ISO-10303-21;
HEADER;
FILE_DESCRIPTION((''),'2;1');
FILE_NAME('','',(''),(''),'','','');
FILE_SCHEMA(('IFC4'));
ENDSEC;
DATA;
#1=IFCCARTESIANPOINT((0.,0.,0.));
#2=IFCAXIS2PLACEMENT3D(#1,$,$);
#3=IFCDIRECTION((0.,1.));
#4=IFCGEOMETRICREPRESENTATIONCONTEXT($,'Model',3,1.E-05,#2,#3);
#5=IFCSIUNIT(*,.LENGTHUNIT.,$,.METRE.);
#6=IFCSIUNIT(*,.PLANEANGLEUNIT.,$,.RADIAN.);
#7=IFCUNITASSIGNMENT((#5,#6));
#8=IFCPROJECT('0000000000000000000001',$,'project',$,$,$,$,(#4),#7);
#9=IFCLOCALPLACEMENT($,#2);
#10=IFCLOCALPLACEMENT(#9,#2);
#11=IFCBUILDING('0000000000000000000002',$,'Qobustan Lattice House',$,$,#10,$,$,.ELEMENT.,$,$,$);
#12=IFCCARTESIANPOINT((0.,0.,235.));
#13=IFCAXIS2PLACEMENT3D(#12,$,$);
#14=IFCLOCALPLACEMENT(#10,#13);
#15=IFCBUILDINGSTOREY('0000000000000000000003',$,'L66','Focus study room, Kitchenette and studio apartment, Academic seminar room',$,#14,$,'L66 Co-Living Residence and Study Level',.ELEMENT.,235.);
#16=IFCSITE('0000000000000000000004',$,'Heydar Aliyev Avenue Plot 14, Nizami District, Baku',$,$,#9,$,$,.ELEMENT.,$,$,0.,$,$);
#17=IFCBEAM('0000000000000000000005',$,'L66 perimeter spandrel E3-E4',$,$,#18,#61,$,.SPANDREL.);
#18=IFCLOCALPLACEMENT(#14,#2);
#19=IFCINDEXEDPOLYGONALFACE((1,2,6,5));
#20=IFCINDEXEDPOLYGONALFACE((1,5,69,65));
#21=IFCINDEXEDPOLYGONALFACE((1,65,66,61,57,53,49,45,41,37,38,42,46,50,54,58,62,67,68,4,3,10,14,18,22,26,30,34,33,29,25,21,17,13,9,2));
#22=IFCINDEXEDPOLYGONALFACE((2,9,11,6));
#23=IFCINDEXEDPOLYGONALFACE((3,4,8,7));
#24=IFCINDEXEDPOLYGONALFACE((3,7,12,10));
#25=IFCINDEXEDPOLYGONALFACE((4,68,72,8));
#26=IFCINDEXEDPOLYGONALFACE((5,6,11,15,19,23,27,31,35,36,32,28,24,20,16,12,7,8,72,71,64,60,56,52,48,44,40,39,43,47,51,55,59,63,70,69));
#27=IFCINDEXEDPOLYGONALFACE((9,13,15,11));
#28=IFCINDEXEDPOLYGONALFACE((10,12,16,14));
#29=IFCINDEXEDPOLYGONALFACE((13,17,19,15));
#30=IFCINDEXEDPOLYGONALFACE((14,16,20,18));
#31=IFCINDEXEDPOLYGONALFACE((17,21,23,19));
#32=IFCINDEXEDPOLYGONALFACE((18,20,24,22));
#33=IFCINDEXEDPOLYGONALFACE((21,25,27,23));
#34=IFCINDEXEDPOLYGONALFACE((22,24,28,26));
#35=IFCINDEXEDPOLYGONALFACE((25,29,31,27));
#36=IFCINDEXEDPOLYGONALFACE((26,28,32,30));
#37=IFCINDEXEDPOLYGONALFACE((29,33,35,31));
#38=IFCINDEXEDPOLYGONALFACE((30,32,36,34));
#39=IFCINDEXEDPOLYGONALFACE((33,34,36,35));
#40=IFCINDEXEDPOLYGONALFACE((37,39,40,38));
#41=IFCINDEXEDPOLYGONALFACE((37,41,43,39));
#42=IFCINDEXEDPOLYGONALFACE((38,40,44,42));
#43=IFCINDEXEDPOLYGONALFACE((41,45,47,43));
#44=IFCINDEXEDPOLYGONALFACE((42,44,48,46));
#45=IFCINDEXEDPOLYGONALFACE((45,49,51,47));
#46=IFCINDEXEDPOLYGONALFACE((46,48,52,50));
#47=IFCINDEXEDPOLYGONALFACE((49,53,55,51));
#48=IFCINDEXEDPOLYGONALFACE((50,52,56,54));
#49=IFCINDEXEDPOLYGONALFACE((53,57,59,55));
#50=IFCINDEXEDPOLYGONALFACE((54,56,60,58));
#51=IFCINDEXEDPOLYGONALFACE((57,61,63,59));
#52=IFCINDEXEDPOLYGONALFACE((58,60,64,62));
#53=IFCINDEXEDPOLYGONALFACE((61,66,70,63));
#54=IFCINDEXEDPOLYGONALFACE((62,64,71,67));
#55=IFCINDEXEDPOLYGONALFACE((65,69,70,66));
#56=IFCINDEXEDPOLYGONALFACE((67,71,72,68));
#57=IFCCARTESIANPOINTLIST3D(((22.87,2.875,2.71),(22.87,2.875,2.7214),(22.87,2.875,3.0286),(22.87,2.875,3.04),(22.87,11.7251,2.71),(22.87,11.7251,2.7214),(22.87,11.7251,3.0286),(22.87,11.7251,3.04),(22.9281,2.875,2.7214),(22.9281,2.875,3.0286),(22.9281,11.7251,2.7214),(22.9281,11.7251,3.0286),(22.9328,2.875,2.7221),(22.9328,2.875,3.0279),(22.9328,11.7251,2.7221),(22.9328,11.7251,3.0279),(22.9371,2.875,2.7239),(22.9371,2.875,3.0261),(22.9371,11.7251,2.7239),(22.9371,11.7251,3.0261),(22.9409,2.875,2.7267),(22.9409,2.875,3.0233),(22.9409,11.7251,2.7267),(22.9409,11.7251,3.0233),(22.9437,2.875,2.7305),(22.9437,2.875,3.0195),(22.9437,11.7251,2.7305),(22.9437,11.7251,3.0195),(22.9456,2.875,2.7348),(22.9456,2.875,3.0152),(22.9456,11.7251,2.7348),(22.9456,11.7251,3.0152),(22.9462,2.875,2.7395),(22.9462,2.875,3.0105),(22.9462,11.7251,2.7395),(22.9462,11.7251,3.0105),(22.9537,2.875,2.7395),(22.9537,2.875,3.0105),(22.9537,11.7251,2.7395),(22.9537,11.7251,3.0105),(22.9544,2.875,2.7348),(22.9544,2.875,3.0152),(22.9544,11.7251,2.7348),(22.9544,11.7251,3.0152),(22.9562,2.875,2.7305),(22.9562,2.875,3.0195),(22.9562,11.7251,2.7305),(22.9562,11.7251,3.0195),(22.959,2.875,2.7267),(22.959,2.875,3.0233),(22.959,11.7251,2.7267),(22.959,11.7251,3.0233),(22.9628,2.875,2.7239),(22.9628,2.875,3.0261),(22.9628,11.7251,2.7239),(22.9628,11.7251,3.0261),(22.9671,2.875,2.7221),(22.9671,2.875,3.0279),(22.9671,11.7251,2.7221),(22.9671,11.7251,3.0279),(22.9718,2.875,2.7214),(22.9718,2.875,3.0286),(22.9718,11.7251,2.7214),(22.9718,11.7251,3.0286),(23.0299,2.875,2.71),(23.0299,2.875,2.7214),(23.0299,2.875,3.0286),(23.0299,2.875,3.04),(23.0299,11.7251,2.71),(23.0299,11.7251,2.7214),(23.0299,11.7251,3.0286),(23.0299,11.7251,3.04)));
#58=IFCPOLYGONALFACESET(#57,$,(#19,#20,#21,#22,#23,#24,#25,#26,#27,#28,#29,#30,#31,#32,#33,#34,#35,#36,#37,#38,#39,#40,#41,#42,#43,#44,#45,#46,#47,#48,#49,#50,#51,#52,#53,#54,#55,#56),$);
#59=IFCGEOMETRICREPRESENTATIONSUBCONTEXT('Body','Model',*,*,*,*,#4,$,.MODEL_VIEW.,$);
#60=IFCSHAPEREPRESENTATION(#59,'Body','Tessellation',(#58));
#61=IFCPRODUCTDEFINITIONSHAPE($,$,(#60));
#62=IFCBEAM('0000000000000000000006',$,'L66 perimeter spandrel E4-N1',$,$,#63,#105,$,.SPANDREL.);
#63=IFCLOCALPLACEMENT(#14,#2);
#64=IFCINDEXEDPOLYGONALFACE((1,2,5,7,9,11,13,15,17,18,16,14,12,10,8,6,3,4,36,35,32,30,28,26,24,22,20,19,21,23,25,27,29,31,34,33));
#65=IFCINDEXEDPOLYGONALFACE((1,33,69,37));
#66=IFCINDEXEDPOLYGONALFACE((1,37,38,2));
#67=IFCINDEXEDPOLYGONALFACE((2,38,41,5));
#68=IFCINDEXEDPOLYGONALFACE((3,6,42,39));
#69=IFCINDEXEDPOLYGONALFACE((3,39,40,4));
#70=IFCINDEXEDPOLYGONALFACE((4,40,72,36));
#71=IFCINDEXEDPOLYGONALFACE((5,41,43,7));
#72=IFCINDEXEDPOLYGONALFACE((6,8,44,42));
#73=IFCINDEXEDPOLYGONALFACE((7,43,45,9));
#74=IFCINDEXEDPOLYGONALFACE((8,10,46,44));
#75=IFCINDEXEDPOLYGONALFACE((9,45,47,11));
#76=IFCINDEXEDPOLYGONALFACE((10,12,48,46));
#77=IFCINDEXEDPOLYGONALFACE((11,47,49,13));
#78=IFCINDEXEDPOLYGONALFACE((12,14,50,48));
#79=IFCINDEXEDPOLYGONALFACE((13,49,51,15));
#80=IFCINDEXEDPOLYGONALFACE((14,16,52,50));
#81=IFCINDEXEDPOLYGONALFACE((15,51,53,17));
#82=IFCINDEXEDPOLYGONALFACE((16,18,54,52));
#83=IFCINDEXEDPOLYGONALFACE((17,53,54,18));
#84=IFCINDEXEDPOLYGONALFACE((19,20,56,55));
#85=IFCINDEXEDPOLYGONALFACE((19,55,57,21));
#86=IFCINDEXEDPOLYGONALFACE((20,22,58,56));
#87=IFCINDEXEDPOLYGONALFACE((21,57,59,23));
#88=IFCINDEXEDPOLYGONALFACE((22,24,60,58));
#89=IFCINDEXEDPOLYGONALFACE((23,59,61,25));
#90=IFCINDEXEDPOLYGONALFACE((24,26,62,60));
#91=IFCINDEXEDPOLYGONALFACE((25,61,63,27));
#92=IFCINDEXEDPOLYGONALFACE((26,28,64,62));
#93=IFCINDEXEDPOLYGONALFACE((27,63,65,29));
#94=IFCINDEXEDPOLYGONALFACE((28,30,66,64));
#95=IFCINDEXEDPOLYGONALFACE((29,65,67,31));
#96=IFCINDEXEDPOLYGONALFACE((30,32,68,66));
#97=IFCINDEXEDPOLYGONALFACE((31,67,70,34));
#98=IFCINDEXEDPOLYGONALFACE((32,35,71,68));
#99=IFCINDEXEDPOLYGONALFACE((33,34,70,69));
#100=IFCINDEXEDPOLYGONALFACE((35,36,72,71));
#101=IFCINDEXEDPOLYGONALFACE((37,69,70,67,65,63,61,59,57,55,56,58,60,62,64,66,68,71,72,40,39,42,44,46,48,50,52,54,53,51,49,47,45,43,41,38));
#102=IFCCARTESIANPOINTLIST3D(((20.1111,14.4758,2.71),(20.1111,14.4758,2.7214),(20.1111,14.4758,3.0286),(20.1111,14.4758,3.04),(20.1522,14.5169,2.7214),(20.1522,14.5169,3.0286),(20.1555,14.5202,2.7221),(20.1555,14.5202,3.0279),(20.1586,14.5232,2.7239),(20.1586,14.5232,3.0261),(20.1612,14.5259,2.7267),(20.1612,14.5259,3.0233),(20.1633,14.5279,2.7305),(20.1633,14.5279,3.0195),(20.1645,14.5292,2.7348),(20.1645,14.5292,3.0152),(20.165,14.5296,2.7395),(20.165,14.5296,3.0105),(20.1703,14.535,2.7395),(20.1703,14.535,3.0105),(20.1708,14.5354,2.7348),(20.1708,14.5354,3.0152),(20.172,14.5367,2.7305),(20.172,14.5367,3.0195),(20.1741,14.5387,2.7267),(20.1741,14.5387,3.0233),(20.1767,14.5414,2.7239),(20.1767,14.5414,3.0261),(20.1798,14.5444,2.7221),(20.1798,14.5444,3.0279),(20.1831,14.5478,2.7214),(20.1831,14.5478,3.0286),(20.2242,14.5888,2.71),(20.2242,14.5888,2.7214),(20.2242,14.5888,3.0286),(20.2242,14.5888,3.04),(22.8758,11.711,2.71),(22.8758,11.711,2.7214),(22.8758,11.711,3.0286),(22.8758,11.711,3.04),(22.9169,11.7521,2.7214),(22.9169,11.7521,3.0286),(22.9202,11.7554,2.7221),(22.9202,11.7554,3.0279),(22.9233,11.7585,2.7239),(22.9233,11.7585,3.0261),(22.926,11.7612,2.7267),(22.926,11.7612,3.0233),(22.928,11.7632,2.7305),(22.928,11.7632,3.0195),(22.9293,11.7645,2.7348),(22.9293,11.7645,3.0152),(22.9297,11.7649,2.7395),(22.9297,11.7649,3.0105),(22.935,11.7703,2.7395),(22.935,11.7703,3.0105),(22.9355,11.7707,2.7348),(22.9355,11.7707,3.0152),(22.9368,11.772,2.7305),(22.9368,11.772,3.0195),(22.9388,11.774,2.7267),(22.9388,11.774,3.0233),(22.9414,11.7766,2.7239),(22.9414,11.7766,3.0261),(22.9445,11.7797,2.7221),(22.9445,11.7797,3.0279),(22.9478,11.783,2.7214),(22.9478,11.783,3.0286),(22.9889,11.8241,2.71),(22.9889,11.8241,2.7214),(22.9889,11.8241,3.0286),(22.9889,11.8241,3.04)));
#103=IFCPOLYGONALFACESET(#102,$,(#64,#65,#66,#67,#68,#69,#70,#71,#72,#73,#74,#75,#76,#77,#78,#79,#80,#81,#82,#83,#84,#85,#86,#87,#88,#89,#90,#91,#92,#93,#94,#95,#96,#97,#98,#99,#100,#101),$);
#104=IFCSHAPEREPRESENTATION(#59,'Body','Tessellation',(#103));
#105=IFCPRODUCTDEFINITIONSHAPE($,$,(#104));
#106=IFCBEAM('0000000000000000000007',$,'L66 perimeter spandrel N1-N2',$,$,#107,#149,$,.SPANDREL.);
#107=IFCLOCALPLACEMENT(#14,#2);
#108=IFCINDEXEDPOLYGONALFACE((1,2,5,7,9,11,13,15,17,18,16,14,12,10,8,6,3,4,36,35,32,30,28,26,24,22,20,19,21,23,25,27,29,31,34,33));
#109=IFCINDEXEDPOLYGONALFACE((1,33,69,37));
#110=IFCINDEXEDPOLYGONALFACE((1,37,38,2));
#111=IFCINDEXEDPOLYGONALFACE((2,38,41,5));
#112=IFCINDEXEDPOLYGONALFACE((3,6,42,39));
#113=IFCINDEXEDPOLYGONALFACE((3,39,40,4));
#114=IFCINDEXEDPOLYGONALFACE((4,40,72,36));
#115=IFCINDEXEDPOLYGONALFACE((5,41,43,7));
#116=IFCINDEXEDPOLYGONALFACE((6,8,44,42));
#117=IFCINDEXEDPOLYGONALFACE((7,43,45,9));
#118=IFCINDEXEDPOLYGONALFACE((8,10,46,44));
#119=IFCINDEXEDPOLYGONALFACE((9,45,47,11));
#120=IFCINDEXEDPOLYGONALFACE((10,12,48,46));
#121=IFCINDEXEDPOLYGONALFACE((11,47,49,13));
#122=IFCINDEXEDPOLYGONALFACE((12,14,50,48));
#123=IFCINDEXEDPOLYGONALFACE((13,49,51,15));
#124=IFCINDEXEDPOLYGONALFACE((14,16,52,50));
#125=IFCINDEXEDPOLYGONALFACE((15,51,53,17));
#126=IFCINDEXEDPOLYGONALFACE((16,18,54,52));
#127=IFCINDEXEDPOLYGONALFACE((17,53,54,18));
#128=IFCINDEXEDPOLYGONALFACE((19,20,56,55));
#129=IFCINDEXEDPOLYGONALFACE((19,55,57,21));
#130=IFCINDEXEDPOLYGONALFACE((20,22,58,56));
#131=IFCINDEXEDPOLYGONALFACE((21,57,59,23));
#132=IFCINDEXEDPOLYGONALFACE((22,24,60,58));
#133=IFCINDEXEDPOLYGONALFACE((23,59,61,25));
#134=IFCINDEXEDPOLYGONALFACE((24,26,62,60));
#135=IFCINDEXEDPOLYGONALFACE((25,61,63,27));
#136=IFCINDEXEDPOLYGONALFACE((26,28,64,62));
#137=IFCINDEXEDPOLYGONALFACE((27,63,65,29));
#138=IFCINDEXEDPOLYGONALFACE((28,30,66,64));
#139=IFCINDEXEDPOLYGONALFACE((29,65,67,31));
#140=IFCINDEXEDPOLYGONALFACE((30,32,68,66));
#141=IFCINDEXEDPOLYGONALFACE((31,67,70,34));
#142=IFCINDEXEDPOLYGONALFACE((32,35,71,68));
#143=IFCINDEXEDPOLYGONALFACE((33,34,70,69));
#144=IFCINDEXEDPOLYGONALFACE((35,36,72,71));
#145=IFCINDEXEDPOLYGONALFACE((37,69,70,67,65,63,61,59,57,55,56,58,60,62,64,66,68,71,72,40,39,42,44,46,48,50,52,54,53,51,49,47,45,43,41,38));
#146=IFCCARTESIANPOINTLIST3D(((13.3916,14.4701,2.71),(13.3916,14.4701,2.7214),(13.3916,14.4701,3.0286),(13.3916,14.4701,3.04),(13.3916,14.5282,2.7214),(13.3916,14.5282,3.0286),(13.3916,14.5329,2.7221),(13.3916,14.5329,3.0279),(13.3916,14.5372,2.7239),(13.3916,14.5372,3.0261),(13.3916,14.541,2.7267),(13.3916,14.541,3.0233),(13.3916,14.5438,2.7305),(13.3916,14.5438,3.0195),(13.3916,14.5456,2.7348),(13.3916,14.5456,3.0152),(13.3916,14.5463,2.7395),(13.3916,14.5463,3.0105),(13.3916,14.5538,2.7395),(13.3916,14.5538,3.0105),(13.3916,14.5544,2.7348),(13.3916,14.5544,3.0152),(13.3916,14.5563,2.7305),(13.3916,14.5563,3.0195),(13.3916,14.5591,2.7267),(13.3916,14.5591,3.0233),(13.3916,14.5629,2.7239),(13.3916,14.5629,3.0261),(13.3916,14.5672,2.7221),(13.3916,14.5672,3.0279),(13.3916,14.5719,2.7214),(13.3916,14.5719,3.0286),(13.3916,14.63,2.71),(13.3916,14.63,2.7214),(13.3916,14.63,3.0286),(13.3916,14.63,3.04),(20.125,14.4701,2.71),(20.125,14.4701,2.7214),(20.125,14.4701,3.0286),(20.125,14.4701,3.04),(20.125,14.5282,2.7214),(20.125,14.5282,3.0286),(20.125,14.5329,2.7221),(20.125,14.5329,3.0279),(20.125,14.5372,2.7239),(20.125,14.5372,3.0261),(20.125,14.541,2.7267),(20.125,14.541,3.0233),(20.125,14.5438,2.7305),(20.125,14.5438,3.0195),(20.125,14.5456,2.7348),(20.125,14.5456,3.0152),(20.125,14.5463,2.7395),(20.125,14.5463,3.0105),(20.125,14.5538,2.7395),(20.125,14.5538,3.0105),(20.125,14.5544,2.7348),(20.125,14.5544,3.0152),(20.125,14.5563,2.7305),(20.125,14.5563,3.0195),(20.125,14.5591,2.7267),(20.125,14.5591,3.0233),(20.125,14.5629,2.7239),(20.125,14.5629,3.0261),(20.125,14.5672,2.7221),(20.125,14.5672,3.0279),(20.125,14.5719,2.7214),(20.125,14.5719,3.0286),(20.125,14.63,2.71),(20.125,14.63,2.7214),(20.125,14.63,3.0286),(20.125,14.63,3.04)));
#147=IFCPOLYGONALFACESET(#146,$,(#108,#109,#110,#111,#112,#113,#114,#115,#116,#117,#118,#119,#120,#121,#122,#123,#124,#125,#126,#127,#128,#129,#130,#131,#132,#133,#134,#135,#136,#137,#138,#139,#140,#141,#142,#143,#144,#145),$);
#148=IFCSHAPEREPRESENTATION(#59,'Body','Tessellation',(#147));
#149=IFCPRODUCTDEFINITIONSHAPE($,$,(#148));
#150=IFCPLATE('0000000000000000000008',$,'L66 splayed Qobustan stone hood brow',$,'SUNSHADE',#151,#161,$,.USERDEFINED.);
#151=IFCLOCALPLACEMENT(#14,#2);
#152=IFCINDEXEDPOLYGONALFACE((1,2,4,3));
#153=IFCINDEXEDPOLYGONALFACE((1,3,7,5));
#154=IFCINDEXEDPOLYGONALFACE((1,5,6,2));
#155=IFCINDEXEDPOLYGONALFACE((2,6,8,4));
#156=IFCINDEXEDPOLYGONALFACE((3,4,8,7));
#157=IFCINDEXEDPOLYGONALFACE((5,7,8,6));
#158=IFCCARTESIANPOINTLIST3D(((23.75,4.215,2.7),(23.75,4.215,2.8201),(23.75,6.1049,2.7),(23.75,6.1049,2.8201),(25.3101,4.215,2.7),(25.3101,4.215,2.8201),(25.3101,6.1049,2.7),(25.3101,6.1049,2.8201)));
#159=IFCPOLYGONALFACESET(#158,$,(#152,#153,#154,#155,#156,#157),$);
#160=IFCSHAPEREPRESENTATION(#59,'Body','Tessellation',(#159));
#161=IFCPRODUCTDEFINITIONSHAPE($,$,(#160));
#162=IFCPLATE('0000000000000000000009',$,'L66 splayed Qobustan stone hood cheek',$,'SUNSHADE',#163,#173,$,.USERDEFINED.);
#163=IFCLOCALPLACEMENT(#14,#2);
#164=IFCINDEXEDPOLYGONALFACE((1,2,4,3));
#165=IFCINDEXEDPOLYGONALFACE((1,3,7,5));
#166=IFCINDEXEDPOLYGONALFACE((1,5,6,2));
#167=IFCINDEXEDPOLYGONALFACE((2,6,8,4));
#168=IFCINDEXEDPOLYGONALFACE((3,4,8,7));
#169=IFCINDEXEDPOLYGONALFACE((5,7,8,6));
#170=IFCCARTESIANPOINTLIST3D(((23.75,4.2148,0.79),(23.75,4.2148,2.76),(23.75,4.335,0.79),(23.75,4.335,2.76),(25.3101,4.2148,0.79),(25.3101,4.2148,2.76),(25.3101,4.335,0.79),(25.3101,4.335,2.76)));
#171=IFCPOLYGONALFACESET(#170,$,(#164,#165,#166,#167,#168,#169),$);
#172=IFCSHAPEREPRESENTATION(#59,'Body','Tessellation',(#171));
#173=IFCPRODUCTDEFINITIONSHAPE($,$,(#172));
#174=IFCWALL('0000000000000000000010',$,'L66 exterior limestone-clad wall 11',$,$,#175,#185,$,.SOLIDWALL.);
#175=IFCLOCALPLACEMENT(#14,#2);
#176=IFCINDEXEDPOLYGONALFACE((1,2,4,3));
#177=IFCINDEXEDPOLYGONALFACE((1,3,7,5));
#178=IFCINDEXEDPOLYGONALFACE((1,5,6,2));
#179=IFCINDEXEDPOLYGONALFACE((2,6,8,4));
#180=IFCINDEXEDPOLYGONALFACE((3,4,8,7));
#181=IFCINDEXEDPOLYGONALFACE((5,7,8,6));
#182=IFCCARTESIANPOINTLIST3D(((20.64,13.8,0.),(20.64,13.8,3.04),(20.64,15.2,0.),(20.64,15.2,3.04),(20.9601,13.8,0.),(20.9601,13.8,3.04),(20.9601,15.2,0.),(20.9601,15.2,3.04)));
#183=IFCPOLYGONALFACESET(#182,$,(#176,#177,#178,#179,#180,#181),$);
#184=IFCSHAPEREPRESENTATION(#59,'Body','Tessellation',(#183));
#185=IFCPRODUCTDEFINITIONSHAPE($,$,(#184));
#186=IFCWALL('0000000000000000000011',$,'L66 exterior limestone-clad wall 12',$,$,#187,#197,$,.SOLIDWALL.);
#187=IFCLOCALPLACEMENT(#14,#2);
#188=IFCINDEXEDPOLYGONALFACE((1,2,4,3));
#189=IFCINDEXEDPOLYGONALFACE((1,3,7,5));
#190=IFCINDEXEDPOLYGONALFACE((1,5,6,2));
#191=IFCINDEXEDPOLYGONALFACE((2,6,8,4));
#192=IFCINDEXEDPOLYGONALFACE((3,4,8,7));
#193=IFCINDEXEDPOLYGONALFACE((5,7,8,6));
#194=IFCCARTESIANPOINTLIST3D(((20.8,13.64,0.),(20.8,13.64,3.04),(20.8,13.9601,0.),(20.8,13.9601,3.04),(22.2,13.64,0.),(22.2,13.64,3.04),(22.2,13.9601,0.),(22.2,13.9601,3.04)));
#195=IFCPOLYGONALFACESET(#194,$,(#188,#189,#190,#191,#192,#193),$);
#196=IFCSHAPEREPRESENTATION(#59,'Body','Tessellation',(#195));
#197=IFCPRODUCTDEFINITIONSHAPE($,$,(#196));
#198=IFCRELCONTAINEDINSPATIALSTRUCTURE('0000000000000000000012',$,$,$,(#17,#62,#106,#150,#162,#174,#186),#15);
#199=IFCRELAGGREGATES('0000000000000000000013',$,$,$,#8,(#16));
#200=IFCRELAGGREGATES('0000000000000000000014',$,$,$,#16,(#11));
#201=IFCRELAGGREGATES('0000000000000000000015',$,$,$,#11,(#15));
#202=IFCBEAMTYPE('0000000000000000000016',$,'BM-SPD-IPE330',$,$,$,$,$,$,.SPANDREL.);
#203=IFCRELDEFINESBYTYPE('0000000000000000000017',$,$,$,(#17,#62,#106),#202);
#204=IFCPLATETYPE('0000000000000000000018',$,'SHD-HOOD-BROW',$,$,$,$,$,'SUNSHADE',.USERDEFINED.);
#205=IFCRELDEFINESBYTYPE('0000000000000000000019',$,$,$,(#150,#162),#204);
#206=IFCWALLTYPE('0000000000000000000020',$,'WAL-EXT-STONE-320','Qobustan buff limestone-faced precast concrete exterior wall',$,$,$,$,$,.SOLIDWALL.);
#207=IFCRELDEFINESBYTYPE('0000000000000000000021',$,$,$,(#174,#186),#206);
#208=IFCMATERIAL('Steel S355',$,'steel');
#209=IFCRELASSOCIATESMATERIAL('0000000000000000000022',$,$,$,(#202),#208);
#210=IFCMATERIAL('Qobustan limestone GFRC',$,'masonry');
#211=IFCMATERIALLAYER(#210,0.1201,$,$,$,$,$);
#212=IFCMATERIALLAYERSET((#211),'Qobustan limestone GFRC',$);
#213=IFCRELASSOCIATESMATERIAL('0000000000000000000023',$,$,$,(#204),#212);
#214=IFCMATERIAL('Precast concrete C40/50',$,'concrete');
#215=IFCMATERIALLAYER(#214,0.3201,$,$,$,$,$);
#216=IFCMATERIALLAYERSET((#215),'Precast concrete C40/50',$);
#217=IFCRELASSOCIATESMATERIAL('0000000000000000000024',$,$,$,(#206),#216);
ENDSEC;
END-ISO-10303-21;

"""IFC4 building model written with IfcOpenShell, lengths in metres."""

from ifc_helpers import new_model, si_unit, direction, frame, frame_2d, origin, origin_2d, place, context, subcontext, project, spatial, rectangle, i_section, extrude, material, layer, layer_set, material_profile, profile_set, type_object, element, save


model = new_model("IFC4")

# Units and contexts
model_context = context("Model", 3, precision=1e-05, world=origin(), true_north=direction((0.0, 1.0)))
body_context = subcontext(model_context, "Body", "Model", "MODEL_VIEW")
ifc_project = project(units=[si_unit("LENGTHUNIT", "METRE"), si_unit("PLANEANGLEUNIT", "RADIAN")], contexts=[model_context])

# Site, building, storey
site_placement = place(None, origin())
site = spatial("IfcSite", under=ifc_project, at=site_placement, Name="Heydar Aliyev Avenue Plot 14, Nizami District, Baku", CompositionType="ELEMENT", RefElevation=0.0)
building_placement = place(site_placement, origin())
building = spatial("IfcBuilding", under=site, at=building_placement, Name="Qobustan Lattice House", CompositionType="ELEMENT")
storey_placement = place(building_placement, frame((0.0, 0.0, 235.0)))
storey = spatial("IfcBuildingStorey", under=building, at=storey_placement, Name="L66", Description="Focus study room, Kitchenette and studio apartment, Academic seminar room", LongName="L66 Co-Living Residence and Study Level", CompositionType="ELEMENT", Elevation=235.0)

# Beams
ifc_material_1 = material(Name="Steel S355", Category="steel")
ifc_material_profile_1 = material_profile(ifc_material_1, i_section(OverallWidth=0.1599, OverallDepth=0.3301, WebThickness=0.0076, FlangeThickness=0.0115, FilletRadius=0.0181, at=origin_2d()), Name="IPE330")
ifc_profile_set_1 = profile_set([ifc_material_profile_1], Name="Steel S355")
beam_type_1 = type_object("IfcBeamType", Name="BM-SPD-IPE330", PredefinedType="SPANDREL", material=ifc_profile_set_1)
beam_1_placement = place(storey_placement, frame((22.95, 2.875, 2.875), z_axis=(0.0, 1.0, 0.0), x_axis=(-1.0, 0.0, 0.0)))
element("IfcBeam", 1, at=beam_1_placement, inside=storey, type_object=beam_type_1, Name="L66 perimeter spandrel E3-E4", PredefinedType="SPANDREL", context=body_context, shape_type="SweptSolid", body=[
    extrude(i_section(OverallWidth=0.1599, OverallDepth=0.3301, WebThickness=0.0076, FlangeThickness=0.0115, FilletRadius=0.0181, at=origin_2d()), origin(), (0.0, 0.0, 1.0), 8.8501),
])
beam_2_placement = place(storey_placement, frame((22.9324, 11.7676, 2.875), z_axis=(-0.707107, 0.707107, 0.0), x_axis=(-0.707107, -0.707107, 0.0)))
element("IfcBeam", 2, at=beam_2_placement, inside=storey, type_object=beam_type_1, Name="L66 perimeter spandrel E4-N1", PredefinedType="SPANDREL", context=body_context, shape_type="SweptSolid", body=[
    extrude(i_section(OverallWidth=0.1599, OverallDepth=0.3301, WebThickness=0.0076, FlangeThickness=0.0115, FilletRadius=0.0181, at=origin_2d()), origin(), (0.0, 0.0, 1.0), 3.9099),
])
beam_3_placement = place(storey_placement, frame((20.125, 14.55, 2.875), z_axis=(-1.0, 0.0, 0.0), x_axis=(0.0, -1.0, 0.0)))
element("IfcBeam", 3, at=beam_3_placement, inside=storey, type_object=beam_type_1, Name="L66 perimeter spandrel N1-N2", PredefinedType="SPANDREL", context=body_context, shape_type="SweptSolid", body=[
    extrude(i_section(OverallWidth=0.1599, OverallDepth=0.3301, WebThickness=0.0076, FlangeThickness=0.0115, FilletRadius=0.0181, at=origin_2d()), origin(), (0.0, 0.0, 1.0), 6.7334),
])

# Plates
ifc_material_2 = material(Name="Qobustan limestone GFRC", Category="masonry")
ifc_layer_1 = layer(ifc_material_2, 0.1201)
ifc_layer_set_1 = layer_set([ifc_layer_1], Name="Qobustan limestone GFRC")
plate_type = type_object("IfcPlateType", Name="SHD-HOOD-BROW", ElementType="SUNSHADE", PredefinedType="USERDEFINED", material=ifc_layer_set_1)
plate_1_placement = place(storey_placement, frame((24.53, 5.1599, 2.7), z_axis=(0.0, 0.0, 1.0), x_axis=(0.0, -1.0, 0.0)))
element("IfcPlate", 4, at=plate_1_placement, inside=storey, type_object=plate_type, Name="L66 splayed Qobustan stone hood brow", ObjectType="SUNSHADE", PredefinedType="USERDEFINED", context=body_context, shape_type="SweptSolid", body=[
    extrude(rectangle(XDim=1.8899, YDim=1.5601, at=origin_2d()), origin(), (0.0, 0.0, 1.0), 0.1201),
])
plate_2_placement = place(storey_placement, frame((24.53, 4.2749, 0.79), z_axis=(0.0, 0.0, 1.0), x_axis=(0.0, -1.0, 0.0)))
element("IfcPlate", 5, at=plate_2_placement, inside=storey, type_object=plate_type, Name="L66 splayed Qobustan stone hood cheek", ObjectType="SUNSHADE", PredefinedType="USERDEFINED", context=body_context, shape_type="SweptSolid", body=[
    extrude(rectangle(XDim=0.1201, YDim=1.5601, at=origin_2d()), origin(), (0.0, 0.0, 1.0), 1.97),
])

# Walls
ifc_material_3 = material(Name="Precast concrete C40/50", Category="concrete")
ifc_layer_2 = layer(ifc_material_3, 0.3201)
ifc_layer_set_2 = layer_set([ifc_layer_2], Name="Precast concrete C40/50")
wall_type_1 = type_object("IfcWallType", Name="WAL-EXT-STONE-320", Description="Qobustan buff limestone-faced precast concrete exterior wall", PredefinedType="SOLIDWALL", material=ifc_layer_set_2)
for number, where, z_axis, x_axis, name in (
    (6, (20.8, 15.2, 0.0), (0.0, 0.0, 1.0), (0.0, -1.0, 0.0), "L66 exterior limestone-clad wall 11"),
    (7, (20.8, 13.8, 0.0), (0.0, 0.0, 1.0), (1.0, 0.0, 0.0), "L66 exterior limestone-clad wall 12"),
):
    element("IfcWall", number, at=place(storey_placement, frame(where, z_axis=z_axis, x_axis=x_axis)), inside=storey, type_object=wall_type_1, Name=name, PredefinedType="SOLIDWALL", context=body_context, shape_type="SweptSolid", body=[
        extrude(rectangle(XDim=1.3999, YDim=0.3201, at=frame_2d((0.7, 0.0))), origin(), (0.0, 0.0, 1.0), 3.04),
    ])

save(model, "model.ifc")
